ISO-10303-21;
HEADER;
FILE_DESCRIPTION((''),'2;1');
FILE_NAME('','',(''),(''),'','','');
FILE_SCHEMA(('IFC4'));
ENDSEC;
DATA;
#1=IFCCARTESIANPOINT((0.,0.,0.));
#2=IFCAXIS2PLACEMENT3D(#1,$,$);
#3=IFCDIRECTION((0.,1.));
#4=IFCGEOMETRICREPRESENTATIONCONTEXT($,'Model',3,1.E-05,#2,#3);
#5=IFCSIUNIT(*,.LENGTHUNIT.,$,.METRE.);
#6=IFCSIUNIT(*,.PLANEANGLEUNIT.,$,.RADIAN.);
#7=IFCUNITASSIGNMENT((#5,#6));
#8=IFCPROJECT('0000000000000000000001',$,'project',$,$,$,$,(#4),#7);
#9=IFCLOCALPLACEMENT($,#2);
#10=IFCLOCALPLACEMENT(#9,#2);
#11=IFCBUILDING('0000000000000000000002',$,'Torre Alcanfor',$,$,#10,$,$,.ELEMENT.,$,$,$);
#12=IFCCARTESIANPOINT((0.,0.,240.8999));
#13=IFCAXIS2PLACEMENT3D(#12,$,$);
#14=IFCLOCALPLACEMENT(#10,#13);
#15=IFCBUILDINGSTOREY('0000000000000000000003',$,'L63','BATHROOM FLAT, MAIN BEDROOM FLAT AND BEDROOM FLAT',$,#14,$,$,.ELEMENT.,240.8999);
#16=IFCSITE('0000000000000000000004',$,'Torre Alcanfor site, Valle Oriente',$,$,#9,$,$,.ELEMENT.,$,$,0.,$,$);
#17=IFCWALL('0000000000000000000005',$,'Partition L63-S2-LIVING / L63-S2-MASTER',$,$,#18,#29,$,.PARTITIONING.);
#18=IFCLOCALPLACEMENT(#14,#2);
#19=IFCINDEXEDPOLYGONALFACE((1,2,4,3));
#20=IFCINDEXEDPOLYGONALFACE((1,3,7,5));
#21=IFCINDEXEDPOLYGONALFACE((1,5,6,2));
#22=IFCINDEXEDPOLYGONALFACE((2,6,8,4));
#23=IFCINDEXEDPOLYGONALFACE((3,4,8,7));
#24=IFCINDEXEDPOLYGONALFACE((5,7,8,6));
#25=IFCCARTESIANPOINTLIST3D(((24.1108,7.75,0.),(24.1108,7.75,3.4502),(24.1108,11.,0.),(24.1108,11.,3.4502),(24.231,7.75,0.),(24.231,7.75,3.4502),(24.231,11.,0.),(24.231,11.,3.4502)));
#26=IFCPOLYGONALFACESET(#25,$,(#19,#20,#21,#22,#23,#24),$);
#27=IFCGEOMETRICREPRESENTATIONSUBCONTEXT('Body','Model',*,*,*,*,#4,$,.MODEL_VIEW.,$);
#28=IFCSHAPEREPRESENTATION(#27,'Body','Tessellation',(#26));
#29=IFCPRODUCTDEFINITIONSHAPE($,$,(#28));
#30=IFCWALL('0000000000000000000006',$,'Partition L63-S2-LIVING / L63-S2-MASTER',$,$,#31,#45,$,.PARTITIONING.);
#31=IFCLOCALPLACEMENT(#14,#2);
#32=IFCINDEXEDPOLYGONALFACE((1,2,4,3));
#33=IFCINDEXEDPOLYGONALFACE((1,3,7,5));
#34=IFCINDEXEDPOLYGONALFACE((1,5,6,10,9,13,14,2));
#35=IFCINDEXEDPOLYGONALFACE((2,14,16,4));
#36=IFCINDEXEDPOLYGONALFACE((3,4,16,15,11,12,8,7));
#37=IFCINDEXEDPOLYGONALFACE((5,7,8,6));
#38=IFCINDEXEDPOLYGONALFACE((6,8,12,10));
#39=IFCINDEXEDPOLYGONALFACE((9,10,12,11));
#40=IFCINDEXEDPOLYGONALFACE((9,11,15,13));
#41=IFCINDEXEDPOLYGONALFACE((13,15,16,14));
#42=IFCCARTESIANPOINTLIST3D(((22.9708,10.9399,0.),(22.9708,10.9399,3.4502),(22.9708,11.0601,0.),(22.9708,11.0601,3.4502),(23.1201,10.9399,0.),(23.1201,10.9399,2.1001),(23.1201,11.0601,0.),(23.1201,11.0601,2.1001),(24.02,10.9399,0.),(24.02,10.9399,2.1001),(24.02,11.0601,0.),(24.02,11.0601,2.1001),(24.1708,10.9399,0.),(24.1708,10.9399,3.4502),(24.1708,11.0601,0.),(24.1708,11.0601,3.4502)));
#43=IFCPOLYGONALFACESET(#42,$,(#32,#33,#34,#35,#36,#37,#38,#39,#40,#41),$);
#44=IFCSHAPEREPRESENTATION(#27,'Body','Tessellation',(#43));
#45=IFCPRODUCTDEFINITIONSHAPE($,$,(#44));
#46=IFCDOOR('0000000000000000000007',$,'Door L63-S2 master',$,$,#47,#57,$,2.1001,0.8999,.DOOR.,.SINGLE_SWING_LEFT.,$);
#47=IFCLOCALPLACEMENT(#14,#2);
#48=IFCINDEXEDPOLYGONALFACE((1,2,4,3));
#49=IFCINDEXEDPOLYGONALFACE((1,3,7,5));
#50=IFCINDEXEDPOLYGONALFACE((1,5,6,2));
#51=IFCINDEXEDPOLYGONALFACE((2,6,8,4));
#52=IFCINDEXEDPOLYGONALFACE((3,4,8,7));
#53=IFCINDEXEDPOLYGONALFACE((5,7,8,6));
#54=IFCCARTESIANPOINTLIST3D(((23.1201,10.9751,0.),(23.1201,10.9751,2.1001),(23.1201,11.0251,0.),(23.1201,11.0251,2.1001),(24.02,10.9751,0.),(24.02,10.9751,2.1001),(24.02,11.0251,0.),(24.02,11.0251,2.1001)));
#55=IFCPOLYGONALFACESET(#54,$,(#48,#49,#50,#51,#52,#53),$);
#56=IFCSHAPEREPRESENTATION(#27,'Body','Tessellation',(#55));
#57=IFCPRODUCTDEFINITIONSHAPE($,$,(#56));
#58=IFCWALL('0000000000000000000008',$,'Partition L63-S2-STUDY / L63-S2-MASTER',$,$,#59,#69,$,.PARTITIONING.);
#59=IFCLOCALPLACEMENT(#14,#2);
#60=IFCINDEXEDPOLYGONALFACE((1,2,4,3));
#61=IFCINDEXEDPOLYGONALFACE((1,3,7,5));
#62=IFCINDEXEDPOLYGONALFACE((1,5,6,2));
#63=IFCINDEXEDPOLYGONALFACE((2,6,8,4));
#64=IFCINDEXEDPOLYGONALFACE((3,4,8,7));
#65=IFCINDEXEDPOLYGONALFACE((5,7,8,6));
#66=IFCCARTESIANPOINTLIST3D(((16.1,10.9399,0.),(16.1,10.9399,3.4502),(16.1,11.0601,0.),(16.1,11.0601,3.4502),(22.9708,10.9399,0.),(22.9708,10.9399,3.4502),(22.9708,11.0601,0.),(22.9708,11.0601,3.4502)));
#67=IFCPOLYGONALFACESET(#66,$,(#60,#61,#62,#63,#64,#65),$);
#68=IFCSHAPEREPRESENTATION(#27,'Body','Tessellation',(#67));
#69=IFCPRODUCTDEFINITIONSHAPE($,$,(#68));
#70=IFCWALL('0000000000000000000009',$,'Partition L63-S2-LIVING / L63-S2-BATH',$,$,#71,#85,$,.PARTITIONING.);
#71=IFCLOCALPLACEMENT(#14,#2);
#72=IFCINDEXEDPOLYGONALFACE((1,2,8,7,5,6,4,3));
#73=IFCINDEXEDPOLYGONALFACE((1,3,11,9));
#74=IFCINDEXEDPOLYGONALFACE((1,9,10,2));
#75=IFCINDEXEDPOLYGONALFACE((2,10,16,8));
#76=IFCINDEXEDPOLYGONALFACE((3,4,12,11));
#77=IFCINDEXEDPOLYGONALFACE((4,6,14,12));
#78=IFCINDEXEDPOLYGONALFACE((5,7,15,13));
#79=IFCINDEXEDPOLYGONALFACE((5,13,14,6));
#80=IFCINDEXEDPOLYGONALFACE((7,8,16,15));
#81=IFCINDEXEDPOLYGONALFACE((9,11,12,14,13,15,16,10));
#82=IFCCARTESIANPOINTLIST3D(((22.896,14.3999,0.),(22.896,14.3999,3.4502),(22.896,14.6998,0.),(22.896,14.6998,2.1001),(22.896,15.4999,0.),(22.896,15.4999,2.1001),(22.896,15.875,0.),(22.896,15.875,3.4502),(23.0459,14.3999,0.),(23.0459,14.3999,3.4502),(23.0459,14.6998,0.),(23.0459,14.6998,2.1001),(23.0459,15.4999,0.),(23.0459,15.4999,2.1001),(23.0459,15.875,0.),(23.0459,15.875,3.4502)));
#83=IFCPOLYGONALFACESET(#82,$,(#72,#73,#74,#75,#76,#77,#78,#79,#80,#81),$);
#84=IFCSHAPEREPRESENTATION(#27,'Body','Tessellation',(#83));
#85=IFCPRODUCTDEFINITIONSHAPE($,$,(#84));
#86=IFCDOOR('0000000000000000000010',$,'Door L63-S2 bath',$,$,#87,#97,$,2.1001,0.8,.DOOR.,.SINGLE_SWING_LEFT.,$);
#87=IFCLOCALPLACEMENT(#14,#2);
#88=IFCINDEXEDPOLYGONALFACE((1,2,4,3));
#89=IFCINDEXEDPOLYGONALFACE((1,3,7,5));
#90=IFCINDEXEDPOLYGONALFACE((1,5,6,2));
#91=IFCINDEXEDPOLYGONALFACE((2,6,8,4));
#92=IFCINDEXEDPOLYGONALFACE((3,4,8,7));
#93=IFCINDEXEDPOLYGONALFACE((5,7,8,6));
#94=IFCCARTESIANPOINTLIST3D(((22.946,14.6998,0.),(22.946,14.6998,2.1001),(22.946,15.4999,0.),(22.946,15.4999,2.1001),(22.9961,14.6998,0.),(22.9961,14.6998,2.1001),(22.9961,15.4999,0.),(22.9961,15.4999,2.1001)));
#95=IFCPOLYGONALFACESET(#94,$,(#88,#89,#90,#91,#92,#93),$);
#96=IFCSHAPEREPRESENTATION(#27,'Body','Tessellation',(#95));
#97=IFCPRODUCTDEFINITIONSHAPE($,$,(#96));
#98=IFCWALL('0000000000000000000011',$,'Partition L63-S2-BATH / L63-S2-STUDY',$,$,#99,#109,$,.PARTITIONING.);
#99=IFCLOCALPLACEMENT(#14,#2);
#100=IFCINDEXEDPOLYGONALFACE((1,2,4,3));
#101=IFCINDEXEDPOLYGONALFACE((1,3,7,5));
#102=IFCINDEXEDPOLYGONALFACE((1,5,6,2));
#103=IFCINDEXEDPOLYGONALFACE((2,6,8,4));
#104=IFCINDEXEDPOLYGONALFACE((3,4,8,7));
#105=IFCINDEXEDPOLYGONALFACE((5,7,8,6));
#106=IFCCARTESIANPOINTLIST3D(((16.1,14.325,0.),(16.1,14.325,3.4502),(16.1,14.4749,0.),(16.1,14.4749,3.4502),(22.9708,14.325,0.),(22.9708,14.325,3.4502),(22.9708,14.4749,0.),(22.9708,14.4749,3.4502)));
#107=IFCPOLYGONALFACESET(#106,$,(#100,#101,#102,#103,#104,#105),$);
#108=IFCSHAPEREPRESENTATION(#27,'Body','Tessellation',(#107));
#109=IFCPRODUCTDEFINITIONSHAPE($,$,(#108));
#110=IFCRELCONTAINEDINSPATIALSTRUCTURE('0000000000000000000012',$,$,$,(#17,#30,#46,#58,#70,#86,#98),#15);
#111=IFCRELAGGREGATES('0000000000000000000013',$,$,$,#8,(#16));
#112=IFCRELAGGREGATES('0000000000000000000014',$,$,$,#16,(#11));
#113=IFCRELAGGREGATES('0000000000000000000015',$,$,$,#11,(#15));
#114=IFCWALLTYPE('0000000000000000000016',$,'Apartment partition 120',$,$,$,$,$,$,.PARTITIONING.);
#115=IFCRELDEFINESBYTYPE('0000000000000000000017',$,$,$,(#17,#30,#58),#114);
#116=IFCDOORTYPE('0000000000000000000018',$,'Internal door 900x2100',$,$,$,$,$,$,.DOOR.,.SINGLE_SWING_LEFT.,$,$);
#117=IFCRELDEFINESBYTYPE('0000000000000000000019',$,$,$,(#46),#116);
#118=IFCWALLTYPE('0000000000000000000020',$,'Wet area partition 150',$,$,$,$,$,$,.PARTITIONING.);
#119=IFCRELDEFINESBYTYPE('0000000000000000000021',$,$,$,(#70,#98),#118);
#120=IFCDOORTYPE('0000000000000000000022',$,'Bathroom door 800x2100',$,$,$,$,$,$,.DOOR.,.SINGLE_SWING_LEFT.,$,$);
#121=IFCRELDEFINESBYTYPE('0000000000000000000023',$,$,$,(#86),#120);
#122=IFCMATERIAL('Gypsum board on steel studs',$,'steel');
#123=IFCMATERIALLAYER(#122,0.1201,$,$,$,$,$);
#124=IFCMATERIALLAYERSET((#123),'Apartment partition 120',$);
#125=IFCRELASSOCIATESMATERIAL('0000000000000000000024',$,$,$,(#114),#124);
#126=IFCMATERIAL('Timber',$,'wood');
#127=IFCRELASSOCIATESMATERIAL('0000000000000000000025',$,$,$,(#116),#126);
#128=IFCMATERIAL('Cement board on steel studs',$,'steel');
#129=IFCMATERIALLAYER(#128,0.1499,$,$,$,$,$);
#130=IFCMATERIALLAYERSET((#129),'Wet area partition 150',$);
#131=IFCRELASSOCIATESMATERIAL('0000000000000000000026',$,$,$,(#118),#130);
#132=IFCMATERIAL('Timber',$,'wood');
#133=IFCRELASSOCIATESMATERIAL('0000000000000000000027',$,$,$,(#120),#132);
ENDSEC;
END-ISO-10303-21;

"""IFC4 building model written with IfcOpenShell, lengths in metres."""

from ifc_helpers import new_model, si_unit, direction, frame, frame_2d, origin, place, context, subcontext, project, spatial, rectangle, extrude, material, layer, layer_set, type_object, element, fill, save


model = new_model("IFC4")

# Units and contexts
model_context = context("Model", 3, precision=1e-05, world=origin(), true_north=direction((0.0, 1.0)))
body_context = subcontext(model_context, "Body", "Model", "MODEL_VIEW")
ifc_project = project(units=[si_unit("LENGTHUNIT", "METRE"), si_unit("PLANEANGLEUNIT", "RADIAN")], contexts=[model_context])

# Site, building, storey
site_placement = place(None, origin())
site = spatial("IfcSite", under=ifc_project, at=site_placement, Name="Torre Alcanfor site, Valle Oriente", CompositionType="ELEMENT", RefElevation=0.0)
building_placement = place(site_placement, origin())
building = spatial("IfcBuilding", under=site, at=building_placement, Name="Torre Alcanfor", CompositionType="ELEMENT")
storey_placement = place(building_placement, frame((0.0, 0.0, 240.8999)))
storey = spatial("IfcBuildingStorey", under=building, at=storey_placement, Name="L63", Description="BATHROOM FLAT, MAIN BEDROOM FLAT AND BEDROOM FLAT", CompositionType="ELEMENT", Elevation=240.8999)

# Shared definitions
ifc_material_1 = material(Name="Gypsum board on steel studs", Category="steel")
ifc_layer_1 = layer(ifc_material_1, 0.1201)
ifc_layer_set_1 = layer_set([ifc_layer_1], Name="Apartment partition 120")
wall_type_1 = type_object("IfcWallType", Name="Apartment partition 120", PredefinedType="PARTITIONING", material=ifc_layer_set_1)
ifc_material_2 = material(Name="Timber", Category="wood")
door_type_1 = type_object("IfcDoorType", Name="Internal door 900x2100", OperationType="SINGLE_SWING_LEFT", PredefinedType="DOOR", material=ifc_material_2)

# Wall
wall_1_placement = place(storey_placement, frame((24.1709, 7.75, 0.0), z_axis=(0.0, 0.0, 1.0), x_axis=(0.0, 1.0, 0.0)))
element("IfcWall", 1, at=wall_1_placement, inside=storey, type_object=wall_type_1, Name="Partition L63-S2-LIVING / L63-S2-MASTER", PredefinedType="PARTITIONING", context=body_context, shape_type="SweptSolid", body=[
    extrude(rectangle(XDim=3.25, YDim=0.1201, at=frame_2d((1.625, 0.0))), origin(), (0.0, 0.0, 1.0), 3.4502),
])

# Wall, opening, door
wall_2_placement = place(storey_placement, frame((24.1709, 11.0, 0.0), z_axis=(0.0, 0.0, 1.0), x_axis=(-1.0, 0.0, 0.0)))
wall_2 = element("IfcWall", 2, at=wall_2_placement, inside=storey, type_object=wall_type_1, Name="Partition L63-S2-LIVING / L63-S2-MASTER", PredefinedType="PARTITIONING", context=body_context, shape_type="SweptSolid", body=[
    extrude(rectangle(XDim=1.2, YDim=0.1201, at=frame_2d((0.6001, 0.0))), origin(), (0.0, 0.0, 1.0), 3.4502),
])
opening_1_placement = place(wall_2_placement, frame((0.1509, 0.0, 0.0)))
opening_1 = element("IfcOpeningElement", 3, at=opening_1_placement, cuts=wall_2, PredefinedType="OPENING", context=body_context, shape_type="SweptSolid", body=[
    extrude(rectangle(XDim=0.8999, YDim=2.1001, at=frame_2d((0.45, 1.05))), frame((0.0, 0.0701, 0.0), z_axis=(0.0, -1.0, 0.0), x_axis=(1.0, 0.0, 0.0)), (0.0, 0.0, 1.0), 0.1401),
])
door_1_placement = place(opening_1_placement, origin())
door_1 = element("IfcDoor", 4, at=door_1_placement, inside=storey, type_object=door_type_1, Name="Door L63-S2 master", OperationType="SINGLE_SWING_LEFT", OverallHeight=2.1001, OverallWidth=0.8999, PredefinedType="DOOR", context=body_context, shape_type="SweptSolid", body=[
    extrude(rectangle(XDim=0.8999, YDim=2.1001, at=frame_2d((0.45, 1.05))), frame((0.0, 0.0249, 0.0), z_axis=(0.0, -1.0, 0.0), x_axis=(1.0, 0.0, 0.0)), (0.0, 0.0, 1.0), 0.05),
])
fill(opening_1, door_1)

# Wall
wall_3_placement = place(storey_placement, frame((22.9709, 11.0, 0.0), z_axis=(0.0, 0.0, 1.0), x_axis=(-1.0, 0.0, 0.0)))
element("IfcWall", 5, at=wall_3_placement, inside=storey, type_object=wall_type_1, Name="Partition L63-S2-STUDY / L63-S2-MASTER", PredefinedType="PARTITIONING", context=body_context, shape_type="SweptSolid", body=[
    extrude(rectangle(XDim=6.8708, YDim=0.1201, at=frame_2d((3.4355, 0.0))), origin(), (0.0, 0.0, 1.0), 3.4502),
])

# Wall, opening, door
ifc_material_3 = material(Name="Cement board on steel studs", Category="steel")
ifc_layer_2 = layer(ifc_material_3, 0.1499)
ifc_layer_set_2 = layer_set([ifc_layer_2], Name="Wet area partition 150")
wall_type_2 = type_object("IfcWallType", Name="Wet area partition 150", PredefinedType="PARTITIONING", material=ifc_layer_set_2)
wall_4_placement = place(storey_placement, frame((22.9709, 14.3999, 0.0), z_axis=(0.0, 0.0, 1.0), x_axis=(0.0, 1.0, 0.0)))
wall_4 = element("IfcWall", 6, at=wall_4_placement, inside=storey, type_object=wall_type_2, Name="Partition L63-S2-LIVING / L63-S2-BATH", PredefinedType="PARTITIONING", context=body_context, shape_type="SweptSolid", body=[
    extrude(rectangle(XDim=1.4751, YDim=0.1499, at=frame_2d((0.7375, 0.0))), origin(), (0.0, 0.0, 1.0), 3.4502),
])
opening_2_placement = place(wall_4_placement, frame((0.3, 0.0, 0.0)))
opening_2 = element("IfcOpeningElement", 7, at=opening_2_placement, cuts=wall_4, PredefinedType="OPENING", context=body_context, shape_type="SweptSolid", body=[
    extrude(rectangle(XDim=0.8, YDim=2.1001, at=frame_2d((0.3999, 1.05))), frame((0.0, 0.085, 0.0), z_axis=(0.0, -1.0, 0.0), x_axis=(1.0, 0.0, 0.0)), (0.0, 0.0, 1.0), 0.1699),
])
ifc_material_4 = material(Name="Timber", Category="wood")
door_type_2 = type_object("IfcDoorType", Name="Bathroom door 800x2100", OperationType="SINGLE_SWING_LEFT", PredefinedType="DOOR", material=ifc_material_4)
door_2_placement = place(opening_2_placement, origin())
door_2 = element("IfcDoor", 8, at=door_2_placement, inside=storey, type_object=door_type_2, Name="Door L63-S2 bath", OperationType="SINGLE_SWING_LEFT", OverallHeight=2.1001, OverallWidth=0.8, PredefinedType="DOOR", context=body_context, shape_type="SweptSolid", body=[
    extrude(rectangle(XDim=0.8, YDim=2.1001, at=frame_2d((0.3999, 1.05))), frame((0.0, 0.0249, 0.0), z_axis=(0.0, -1.0, 0.0), x_axis=(1.0, 0.0, 0.0)), (0.0, 0.0, 1.0), 0.05),
])
fill(opening_2, door_2)

# Wall
wall_5_placement = place(storey_placement, frame((22.9709, 14.3999, 0.0), z_axis=(0.0, 0.0, 1.0), x_axis=(-1.0, 0.0, 0.0)))
element("IfcWall", 9, at=wall_5_placement, inside=storey, type_object=wall_type_2, Name="Partition L63-S2-BATH / L63-S2-STUDY", PredefinedType="PARTITIONING", context=body_context, shape_type="SweptSolid", body=[
    extrude(rectangle(XDim=6.8708, YDim=0.1499, at=frame_2d((3.4355, 0.0))), origin(), (0.0, 0.0, 1.0), 3.4502),
])

save(model, "model.ifc")
